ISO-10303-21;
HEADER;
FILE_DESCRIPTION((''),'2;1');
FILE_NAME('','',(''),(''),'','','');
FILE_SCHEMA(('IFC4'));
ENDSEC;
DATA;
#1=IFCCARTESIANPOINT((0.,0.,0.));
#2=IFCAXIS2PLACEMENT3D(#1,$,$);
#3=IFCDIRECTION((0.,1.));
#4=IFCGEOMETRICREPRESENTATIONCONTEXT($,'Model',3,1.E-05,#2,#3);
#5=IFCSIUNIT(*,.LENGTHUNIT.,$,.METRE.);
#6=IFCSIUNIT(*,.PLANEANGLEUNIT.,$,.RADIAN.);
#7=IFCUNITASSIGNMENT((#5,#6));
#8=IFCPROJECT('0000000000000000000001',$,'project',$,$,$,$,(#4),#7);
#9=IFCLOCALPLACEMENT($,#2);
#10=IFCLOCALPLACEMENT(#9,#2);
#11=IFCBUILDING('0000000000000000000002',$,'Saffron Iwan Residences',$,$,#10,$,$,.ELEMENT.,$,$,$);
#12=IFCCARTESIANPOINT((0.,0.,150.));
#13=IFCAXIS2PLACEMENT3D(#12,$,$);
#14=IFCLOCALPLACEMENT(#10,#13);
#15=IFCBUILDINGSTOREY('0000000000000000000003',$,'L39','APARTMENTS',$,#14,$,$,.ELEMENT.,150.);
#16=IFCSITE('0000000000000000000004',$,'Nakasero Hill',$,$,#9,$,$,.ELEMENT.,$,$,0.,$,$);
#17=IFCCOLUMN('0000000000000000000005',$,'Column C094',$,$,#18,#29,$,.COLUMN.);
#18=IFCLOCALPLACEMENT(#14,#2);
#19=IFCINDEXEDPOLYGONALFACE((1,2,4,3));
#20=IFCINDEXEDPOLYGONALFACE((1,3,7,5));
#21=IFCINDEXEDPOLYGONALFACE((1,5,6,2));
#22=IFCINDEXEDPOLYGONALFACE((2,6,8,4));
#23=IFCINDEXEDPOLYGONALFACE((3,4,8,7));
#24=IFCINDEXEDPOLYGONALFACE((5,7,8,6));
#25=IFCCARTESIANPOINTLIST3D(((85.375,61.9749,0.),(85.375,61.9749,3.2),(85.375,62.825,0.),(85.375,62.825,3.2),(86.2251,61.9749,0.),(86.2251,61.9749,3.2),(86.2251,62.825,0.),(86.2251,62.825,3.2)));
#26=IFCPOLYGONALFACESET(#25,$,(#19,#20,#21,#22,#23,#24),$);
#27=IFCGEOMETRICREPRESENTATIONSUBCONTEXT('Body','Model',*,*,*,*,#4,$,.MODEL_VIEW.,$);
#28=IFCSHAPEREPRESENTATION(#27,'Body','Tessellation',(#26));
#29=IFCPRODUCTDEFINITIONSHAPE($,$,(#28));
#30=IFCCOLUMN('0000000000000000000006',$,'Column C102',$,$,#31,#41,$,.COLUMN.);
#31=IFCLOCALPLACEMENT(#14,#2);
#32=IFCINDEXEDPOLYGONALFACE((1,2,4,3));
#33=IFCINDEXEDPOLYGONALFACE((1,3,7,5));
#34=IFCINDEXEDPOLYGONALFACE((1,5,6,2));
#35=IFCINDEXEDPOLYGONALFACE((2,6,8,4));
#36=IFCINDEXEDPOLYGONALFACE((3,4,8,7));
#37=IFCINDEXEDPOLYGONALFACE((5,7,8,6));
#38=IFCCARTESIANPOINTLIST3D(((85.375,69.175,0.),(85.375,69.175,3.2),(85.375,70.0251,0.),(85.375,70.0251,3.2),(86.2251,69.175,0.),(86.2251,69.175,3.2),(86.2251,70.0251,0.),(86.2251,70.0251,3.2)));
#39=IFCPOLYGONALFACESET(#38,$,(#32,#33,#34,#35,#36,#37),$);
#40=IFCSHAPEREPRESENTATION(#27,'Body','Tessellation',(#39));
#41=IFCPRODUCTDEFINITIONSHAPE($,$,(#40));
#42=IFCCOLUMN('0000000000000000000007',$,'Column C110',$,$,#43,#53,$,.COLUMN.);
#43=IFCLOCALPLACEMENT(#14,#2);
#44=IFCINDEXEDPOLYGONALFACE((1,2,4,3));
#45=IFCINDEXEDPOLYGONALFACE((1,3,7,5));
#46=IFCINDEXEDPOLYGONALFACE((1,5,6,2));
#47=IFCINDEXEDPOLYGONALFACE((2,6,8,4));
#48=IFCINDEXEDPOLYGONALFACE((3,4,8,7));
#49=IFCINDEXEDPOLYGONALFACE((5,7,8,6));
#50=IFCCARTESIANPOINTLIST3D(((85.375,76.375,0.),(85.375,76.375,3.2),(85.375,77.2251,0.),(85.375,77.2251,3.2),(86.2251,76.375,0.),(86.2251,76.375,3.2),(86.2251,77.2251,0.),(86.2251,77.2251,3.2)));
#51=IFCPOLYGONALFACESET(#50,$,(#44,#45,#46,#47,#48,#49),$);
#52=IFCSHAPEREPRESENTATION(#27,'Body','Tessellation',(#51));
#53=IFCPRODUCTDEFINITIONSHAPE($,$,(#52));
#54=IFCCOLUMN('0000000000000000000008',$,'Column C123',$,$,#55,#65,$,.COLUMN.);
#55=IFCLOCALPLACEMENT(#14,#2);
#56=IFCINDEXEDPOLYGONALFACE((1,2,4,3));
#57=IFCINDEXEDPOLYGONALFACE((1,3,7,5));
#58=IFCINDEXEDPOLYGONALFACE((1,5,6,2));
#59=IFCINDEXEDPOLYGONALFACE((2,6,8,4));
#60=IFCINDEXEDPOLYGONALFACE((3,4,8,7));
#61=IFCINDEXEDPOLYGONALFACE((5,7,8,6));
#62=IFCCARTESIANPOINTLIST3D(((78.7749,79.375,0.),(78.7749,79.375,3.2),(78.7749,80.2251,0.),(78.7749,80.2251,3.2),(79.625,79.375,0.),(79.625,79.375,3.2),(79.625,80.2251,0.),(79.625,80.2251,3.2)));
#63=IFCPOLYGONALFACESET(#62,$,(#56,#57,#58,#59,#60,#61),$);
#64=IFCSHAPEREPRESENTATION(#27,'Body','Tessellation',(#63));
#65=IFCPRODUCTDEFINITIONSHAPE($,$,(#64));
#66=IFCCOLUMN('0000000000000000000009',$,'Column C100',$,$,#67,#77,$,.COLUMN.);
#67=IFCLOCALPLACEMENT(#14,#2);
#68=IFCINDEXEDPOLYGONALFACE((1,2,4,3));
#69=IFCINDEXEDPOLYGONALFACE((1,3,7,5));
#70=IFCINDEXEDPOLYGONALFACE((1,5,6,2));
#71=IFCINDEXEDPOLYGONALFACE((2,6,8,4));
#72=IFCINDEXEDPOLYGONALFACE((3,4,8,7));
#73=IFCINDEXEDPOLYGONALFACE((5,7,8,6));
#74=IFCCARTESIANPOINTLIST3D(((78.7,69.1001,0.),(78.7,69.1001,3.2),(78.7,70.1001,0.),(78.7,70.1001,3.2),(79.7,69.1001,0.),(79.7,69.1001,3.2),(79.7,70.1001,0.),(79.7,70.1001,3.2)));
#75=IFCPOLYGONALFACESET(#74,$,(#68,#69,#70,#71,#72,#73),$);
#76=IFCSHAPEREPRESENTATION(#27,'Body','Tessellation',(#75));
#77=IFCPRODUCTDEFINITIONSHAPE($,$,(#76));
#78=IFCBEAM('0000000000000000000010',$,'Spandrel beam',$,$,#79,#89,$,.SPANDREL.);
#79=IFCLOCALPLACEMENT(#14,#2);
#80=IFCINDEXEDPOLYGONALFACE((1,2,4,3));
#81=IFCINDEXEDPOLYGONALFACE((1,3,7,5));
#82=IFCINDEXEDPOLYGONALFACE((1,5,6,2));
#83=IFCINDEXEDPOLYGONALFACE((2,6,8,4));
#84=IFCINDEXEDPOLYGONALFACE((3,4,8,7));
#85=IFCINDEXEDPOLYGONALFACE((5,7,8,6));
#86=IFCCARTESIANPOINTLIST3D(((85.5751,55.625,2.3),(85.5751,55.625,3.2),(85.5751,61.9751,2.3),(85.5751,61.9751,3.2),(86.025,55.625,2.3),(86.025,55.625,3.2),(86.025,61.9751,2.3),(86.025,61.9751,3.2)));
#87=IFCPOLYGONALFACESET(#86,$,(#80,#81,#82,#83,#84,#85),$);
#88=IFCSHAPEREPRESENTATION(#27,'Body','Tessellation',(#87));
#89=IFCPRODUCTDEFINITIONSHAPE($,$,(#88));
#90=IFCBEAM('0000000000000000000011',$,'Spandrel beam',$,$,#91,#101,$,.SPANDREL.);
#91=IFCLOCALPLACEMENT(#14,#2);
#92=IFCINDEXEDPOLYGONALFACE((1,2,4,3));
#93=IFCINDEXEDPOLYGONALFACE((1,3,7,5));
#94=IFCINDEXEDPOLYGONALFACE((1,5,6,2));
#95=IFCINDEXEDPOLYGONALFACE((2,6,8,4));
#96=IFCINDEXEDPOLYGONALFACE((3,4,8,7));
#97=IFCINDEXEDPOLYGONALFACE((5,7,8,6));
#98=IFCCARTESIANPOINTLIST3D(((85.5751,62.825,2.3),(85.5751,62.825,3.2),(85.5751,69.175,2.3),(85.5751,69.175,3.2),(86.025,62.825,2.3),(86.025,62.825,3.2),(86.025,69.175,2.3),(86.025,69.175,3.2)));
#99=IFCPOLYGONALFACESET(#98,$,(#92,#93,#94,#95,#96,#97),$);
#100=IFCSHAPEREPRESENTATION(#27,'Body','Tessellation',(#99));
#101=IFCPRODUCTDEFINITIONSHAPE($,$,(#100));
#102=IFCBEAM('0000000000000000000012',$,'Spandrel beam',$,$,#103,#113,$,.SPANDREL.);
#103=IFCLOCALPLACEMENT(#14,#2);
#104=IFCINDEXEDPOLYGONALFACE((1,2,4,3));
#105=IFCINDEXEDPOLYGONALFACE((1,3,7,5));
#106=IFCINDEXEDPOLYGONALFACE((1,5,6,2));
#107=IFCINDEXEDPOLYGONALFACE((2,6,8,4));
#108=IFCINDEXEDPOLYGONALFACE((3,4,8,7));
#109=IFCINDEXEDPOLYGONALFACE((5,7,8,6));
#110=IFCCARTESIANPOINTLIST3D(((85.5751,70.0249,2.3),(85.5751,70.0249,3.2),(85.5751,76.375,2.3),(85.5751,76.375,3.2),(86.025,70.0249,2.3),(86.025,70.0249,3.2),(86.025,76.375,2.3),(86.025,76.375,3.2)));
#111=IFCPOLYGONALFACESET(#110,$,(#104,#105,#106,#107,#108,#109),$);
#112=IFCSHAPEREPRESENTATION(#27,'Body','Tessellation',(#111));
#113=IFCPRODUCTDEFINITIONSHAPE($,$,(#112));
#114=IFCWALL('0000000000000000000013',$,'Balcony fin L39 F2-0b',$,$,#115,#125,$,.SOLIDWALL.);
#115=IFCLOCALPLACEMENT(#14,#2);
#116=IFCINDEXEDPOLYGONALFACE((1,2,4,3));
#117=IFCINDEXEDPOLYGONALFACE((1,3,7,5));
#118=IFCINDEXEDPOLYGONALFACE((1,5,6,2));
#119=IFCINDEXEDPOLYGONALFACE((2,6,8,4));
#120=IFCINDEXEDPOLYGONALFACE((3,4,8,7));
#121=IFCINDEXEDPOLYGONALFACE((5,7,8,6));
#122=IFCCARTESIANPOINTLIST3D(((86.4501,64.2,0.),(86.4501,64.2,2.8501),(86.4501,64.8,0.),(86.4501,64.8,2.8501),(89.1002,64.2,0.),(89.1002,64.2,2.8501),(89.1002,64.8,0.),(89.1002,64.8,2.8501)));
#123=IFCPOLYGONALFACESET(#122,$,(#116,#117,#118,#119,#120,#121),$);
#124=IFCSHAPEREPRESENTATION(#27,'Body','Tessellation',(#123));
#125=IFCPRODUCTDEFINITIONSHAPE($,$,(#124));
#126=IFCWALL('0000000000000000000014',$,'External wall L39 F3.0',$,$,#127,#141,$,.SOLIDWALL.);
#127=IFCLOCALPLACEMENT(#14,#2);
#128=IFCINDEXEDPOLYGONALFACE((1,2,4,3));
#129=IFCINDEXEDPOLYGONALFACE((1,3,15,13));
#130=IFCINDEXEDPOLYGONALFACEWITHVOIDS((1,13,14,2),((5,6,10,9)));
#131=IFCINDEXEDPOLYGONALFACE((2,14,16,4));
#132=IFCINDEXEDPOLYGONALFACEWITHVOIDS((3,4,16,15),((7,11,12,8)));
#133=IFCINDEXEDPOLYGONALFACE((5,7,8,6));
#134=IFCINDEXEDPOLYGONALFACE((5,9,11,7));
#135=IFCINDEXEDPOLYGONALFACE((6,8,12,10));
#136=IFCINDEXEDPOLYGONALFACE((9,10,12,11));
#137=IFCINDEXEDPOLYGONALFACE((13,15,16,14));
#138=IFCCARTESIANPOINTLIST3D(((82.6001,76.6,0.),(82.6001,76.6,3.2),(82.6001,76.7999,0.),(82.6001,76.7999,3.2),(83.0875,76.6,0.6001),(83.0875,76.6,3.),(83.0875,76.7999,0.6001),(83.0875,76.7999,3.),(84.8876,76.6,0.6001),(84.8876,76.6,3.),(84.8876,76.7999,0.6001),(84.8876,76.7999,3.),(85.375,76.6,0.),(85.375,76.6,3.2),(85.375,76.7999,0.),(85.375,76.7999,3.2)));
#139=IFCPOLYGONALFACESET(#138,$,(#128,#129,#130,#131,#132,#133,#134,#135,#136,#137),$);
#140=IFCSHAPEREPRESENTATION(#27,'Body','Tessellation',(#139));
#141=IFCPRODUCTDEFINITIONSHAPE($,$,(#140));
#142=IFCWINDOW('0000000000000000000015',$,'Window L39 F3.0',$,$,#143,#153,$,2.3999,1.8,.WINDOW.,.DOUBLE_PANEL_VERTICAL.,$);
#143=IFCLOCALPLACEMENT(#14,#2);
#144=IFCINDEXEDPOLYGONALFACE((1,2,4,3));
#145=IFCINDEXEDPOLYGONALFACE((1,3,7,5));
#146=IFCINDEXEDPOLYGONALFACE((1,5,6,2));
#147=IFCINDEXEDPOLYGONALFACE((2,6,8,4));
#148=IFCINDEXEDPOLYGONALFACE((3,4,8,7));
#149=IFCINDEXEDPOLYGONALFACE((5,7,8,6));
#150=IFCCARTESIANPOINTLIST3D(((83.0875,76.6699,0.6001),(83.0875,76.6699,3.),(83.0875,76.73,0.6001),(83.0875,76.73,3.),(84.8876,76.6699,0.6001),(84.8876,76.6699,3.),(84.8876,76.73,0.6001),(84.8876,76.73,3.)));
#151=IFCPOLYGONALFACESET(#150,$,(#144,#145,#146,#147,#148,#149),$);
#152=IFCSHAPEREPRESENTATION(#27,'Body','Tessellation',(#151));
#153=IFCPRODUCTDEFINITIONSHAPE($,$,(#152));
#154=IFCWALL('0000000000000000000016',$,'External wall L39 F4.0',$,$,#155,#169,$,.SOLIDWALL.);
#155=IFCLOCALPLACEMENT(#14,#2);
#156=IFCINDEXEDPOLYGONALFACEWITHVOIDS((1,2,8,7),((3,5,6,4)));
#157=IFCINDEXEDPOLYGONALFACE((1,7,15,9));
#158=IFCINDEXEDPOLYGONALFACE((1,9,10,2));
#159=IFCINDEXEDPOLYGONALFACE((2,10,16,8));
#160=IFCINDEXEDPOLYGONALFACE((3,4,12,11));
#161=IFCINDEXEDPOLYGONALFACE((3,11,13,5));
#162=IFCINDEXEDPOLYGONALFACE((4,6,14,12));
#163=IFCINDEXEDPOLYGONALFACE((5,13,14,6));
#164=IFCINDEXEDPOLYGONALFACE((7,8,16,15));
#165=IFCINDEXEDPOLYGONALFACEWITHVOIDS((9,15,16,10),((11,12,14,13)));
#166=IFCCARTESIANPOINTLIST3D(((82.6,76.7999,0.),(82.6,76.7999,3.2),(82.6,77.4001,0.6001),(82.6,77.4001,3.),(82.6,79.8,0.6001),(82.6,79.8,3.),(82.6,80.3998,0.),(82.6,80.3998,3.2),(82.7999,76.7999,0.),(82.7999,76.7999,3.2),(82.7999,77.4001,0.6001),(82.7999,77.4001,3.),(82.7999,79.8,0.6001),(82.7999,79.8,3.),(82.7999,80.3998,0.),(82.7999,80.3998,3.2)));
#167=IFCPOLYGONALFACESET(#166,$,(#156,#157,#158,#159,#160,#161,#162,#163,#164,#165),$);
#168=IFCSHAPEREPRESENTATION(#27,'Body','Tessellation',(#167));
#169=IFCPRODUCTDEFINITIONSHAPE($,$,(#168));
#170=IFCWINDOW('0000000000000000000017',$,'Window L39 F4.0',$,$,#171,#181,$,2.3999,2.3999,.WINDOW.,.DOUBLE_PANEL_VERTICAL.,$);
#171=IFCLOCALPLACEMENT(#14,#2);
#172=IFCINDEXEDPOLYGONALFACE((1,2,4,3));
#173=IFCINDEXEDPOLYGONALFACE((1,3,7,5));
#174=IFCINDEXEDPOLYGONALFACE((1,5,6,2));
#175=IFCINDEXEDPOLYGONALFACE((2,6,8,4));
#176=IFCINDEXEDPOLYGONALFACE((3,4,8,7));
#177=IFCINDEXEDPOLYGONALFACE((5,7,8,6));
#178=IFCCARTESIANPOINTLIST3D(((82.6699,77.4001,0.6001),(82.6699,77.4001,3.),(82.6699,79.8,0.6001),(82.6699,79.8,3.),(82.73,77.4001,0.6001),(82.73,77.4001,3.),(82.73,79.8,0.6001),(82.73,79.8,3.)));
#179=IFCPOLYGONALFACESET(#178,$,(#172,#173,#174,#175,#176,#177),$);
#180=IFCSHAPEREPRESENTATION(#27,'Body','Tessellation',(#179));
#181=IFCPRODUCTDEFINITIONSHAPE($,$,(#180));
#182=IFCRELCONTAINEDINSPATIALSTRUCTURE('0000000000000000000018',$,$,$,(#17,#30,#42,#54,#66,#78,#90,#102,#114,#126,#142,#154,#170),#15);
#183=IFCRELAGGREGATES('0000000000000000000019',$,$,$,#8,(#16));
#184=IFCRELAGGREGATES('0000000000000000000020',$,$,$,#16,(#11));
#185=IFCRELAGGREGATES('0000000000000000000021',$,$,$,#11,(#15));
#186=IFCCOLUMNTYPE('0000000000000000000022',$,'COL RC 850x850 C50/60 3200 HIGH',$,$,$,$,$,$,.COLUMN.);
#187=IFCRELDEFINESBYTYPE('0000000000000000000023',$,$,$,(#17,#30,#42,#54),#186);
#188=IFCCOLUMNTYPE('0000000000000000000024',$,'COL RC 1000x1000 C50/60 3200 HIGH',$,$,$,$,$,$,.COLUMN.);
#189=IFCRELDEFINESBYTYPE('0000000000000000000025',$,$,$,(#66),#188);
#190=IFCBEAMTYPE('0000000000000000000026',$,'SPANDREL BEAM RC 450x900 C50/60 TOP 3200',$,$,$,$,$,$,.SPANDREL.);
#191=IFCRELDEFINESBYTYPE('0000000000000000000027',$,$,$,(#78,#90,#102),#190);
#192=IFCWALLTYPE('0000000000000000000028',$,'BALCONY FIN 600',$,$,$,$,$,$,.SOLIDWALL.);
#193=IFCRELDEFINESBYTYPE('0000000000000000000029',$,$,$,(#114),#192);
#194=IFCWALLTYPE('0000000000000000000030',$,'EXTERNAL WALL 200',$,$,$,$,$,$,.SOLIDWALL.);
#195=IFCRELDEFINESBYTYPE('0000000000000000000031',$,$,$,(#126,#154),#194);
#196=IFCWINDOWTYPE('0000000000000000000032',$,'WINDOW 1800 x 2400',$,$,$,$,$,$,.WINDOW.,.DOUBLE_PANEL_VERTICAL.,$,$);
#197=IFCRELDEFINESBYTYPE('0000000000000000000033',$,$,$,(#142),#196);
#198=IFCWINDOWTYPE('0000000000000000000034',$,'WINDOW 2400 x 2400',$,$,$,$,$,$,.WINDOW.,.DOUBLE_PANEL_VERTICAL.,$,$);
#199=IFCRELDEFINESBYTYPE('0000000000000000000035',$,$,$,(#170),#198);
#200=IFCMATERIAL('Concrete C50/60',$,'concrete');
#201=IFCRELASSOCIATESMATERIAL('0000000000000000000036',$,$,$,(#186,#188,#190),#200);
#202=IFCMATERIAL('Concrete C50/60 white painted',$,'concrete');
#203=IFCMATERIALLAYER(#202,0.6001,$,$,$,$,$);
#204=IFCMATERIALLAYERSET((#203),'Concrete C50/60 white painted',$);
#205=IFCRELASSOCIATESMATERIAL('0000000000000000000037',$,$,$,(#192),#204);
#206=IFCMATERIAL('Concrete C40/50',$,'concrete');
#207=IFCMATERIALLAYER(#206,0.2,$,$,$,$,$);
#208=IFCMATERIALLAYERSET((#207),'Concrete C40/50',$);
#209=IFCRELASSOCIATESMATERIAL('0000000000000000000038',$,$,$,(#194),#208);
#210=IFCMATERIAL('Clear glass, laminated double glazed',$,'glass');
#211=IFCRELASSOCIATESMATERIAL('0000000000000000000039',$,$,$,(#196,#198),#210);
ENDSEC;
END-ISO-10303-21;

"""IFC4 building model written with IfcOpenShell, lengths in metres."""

from ifc_helpers import new_model, si_unit, direction, frame, frame_2d, origin, origin_2d, place, context, subcontext, project, spatial, rectangle, extrude, source, transform, mapped, material, layer, layer_set, material_profile, profile_set, type_object, element, fill, save


model = new_model("IFC4")

# Units and contexts
model_context = context("Model", 3, precision=1e-05, world=origin(), true_north=direction((0.0, 1.0)))
body_context = subcontext(model_context, "Body", "Model", "MODEL_VIEW")
ifc_project = project(units=[si_unit("LENGTHUNIT", "METRE"), si_unit("PLANEANGLEUNIT", "RADIAN")], contexts=[model_context])

# Site, building, storey
site_placement = place(None, origin())
site = spatial("IfcSite", under=ifc_project, at=site_placement, Name="Nakasero Hill", CompositionType="ELEMENT", RefElevation=0.0)
building_placement = place(site_placement, origin())
building = spatial("IfcBuilding", under=site, at=building_placement, Name="Saffron Iwan Residences", CompositionType="ELEMENT")
storey_placement = place(building_placement, frame((0.0, 0.0, 150.0)))
storey = spatial("IfcBuildingStorey", under=building, at=storey_placement, Name="L39", Description="APARTMENTS", CompositionType="ELEMENT", Elevation=150.0)

# Columns
ifc_material_1 = material(Name="Concrete C50/60", Category="concrete")
ifc_material_profile_1 = material_profile(ifc_material_1, rectangle(XDim=0.8501, YDim=0.8501, at=origin_2d()), Name="RC 850x850")
ifc_profile_set_1 = profile_set([ifc_material_profile_1], Name="Concrete C50/60")
column_type_1 = type_object("IfcColumnType", Name="COL RC 850x850 C50/60 3200 HIGH", PredefinedType="COLUMN", material=ifc_profile_set_1)
shared_shape_1 = source(origin(), body_context, "Body", "SweptSolid", [
    extrude(rectangle(XDim=0.8501, YDim=0.8501, at=origin_2d()), origin(), (0.0, 0.0, 1.0), 3.2),
])
for number, where, z_axis, x_axis, name in (
    (1, (85.8, 62.3999, 0.0), (0.0, 0.0, 1.0), (1.0, 0.0, 0.0), "Column C094"),
    (2, (85.8, 69.6001, 0.0), (0.0, 0.0, 1.0), (1.0, 0.0, 0.0), "Column C102"),
    (3, (85.8, 76.8, 0.0), (0.0, 0.0, 1.0), (1.0, 0.0, 0.0), "Column C110"),
    (4, (79.2, 79.8, 0.0), (0.0, 0.0, 1.0), (1.0, 0.0, 0.0), "Column C123"),
):
    element("IfcColumn", number, at=place(storey_placement, frame(where, z_axis=z_axis, x_axis=x_axis)), inside=storey, type_object=column_type_1, Name=name, PredefinedType="COLUMN", context=body_context, shape_type="MappedRepresentation", body=[
        mapped(shared_shape_1, transform((0.0, 0.0, 0.0))),
    ])
ifc_material_profile_2 = material_profile(ifc_material_1, rectangle(XDim=1.0, YDim=1.0, at=origin_2d()), Name="RC 1000x1000")
ifc_profile_set_2 = profile_set([ifc_material_profile_2], Name="Concrete C50/60")
column_type_2 = type_object("IfcColumnType", Name="COL RC 1000x1000 C50/60 3200 HIGH", PredefinedType="COLUMN", material=ifc_profile_set_2)
shared_shape_2 = source(origin(), body_context, "Body", "SweptSolid", [
    extrude(rectangle(XDim=1.0, YDim=1.0, at=origin_2d()), origin(), (0.0, 0.0, 1.0), 3.2),
])
column_placement = place(storey_placement, frame((79.2, 69.6001, 0.0), z_axis=(0.0, 0.0, 1.0), x_axis=(1.0, 0.0, 0.0)))
element("IfcColumn", 5, at=column_placement, inside=storey, type_object=column_type_2, Name="Column C100", PredefinedType="COLUMN", context=body_context, shape_type="MappedRepresentation", body=[
    mapped(shared_shape_2, transform((0.0, 0.0, 0.0))),
])

# Beams
ifc_material_profile_3 = material_profile(ifc_material_1, rectangle(XDim=0.45, YDim=0.8999, at=origin_2d()), Name="RC 450x900")
ifc_profile_set_3 = profile_set([ifc_material_profile_3], Name="Concrete C50/60")
beam_type = type_object("IfcBeamType", Name="SPANDREL BEAM RC 450x900 C50/60 TOP 3200", PredefinedType="SPANDREL", material=ifc_profile_set_3)
shared_shape_3 = source(origin(), body_context, "Body", "SweptSolid", [
    extrude(rectangle(XDim=0.45, YDim=0.8999, at=origin_2d()), origin(), (0.0, 0.0, 1.0), 6.3501),
])
for number, where, z_axis, x_axis, name in (
    (6, (85.8, 61.9751, 2.75), (0.0, -1.0, 0.0), (1.0, 0.0, 0.0), "Spandrel beam"),
    (7, (85.8, 69.175, 2.75), (0.0, -1.0, 0.0), (1.0, 0.0, 0.0), "Spandrel beam"),
    (8, (85.8, 76.375, 2.75), (0.0, -1.0, 0.0), (1.0, 0.0, 0.0), "Spandrel beam"),
):
    element("IfcBeam", number, at=place(storey_placement, frame(where, z_axis=z_axis, x_axis=x_axis)), inside=storey, type_object=beam_type, Name=name, PredefinedType="SPANDREL", context=body_context, shape_type="MappedRepresentation", body=[
        mapped(shared_shape_3, transform((0.0, 0.0, 0.0))),
    ])

# Wall
ifc_material_2 = material(Name="Concrete C50/60 white painted", Category="concrete")
ifc_layer_1 = layer(ifc_material_2, 0.6001)
ifc_layer_set_1 = layer_set([ifc_layer_1], Name="Concrete C50/60 white painted")
wall_type_1 = type_object("IfcWallType", Name="BALCONY FIN 600", PredefinedType="SOLIDWALL", material=ifc_layer_set_1)
wall_1_placement = place(storey_placement, frame((86.45, 64.5, 0.0), z_axis=(0.0, 0.0, 1.0), x_axis=(1.0, 0.0, 0.0)))
element("IfcWall", 9, at=wall_1_placement, inside=storey, type_object=wall_type_1, Name="Balcony fin L39 F2-0b", PredefinedType="SOLIDWALL", context=body_context, shape_type="SweptSolid", body=[
    extrude(rectangle(XDim=2.6501, YDim=0.6001, at=frame_2d((1.3252, 0.0))), origin(), (0.0, 0.0, 1.0), 2.8501),
])

# Walls, openings, windows
ifc_material_3 = material(Name="Concrete C40/50", Category="concrete")
ifc_layer_2 = layer(ifc_material_3, 0.2)
ifc_layer_set_2 = layer_set([ifc_layer_2], Name="Concrete C40/50")
wall_type_2 = type_object("IfcWallType", Name="EXTERNAL WALL 200", PredefinedType="SOLIDWALL", material=ifc_layer_set_2)
wall_2_placement = place(storey_placement, frame((85.375, 76.7, 0.0), z_axis=(0.0, 0.0, 1.0), x_axis=(-1.0, 0.0, 0.0)))
wall_2 = element("IfcWall", 10, at=wall_2_placement, inside=storey, type_object=wall_type_2, Name="External wall L39 F3.0", PredefinedType="SOLIDWALL", context=body_context, shape_type="SweptSolid", body=[
    extrude(rectangle(XDim=2.7749, YDim=0.2, at=frame_2d((1.3875, 0.0))), origin(), (0.0, 0.0, 1.0), 3.2),
])
opening_1_placement = place(wall_2_placement, frame((0.4875, 0.0, 0.6001)))
opening_1 = element("IfcOpeningElement", 11, at=opening_1_placement, cuts=wall_2, PredefinedType="OPENING", context=body_context, shape_type="SweptSolid", body=[
    extrude(rectangle(XDim=1.8, YDim=2.3999, at=frame_2d((0.8999, 1.2))), frame((0.0, 0.1099, 0.0), z_axis=(0.0, -1.0, 0.0), x_axis=(1.0, 0.0, 0.0)), (0.0, 0.0, 1.0), 0.22),
])
ifc_material_4 = material(Name="Clear glass, laminated double glazed", Category="glass")
window_type_1 = type_object("IfcWindowType", Name="WINDOW 1800 x 2400", PartitioningType="DOUBLE_PANEL_VERTICAL", PredefinedType="WINDOW", material=ifc_material_4)
window_1_placement = place(opening_1_placement, origin())
window_1 = element("IfcWindow", 12, at=window_1_placement, inside=storey, type_object=window_type_1, Name="Window L39 F3.0", OverallHeight=2.3999, OverallWidth=1.8, PartitioningType="DOUBLE_PANEL_VERTICAL", PredefinedType="WINDOW", context=body_context, shape_type="SweptSolid", body=[
    extrude(rectangle(XDim=1.8, YDim=2.3999, at=frame_2d((0.8999, 1.2))), frame((0.0, 0.03, 0.0), z_axis=(0.0, -1.0, 0.0), x_axis=(1.0, 0.0, 0.0)), (0.0, 0.0, 1.0), 0.0601),
])
fill(opening_1, window_1)
wall_3_placement = place(storey_placement, frame((82.7, 76.8, 0.0), z_axis=(0.0, 0.0, 1.0), x_axis=(0.0, 1.0, 0.0)))
wall_3 = element("IfcWall", 13, at=wall_3_placement, inside=storey, type_object=wall_type_2, Name="External wall L39 F4.0", PredefinedType="SOLIDWALL", context=body_context, shape_type="SweptSolid", body=[
    extrude(rectangle(XDim=3.5999, YDim=0.2, at=frame_2d((1.7998, 0.0))), origin(), (0.0, 0.0, 1.0), 3.2),
])
opening_2_placement = place(wall_3_placement, frame((0.6001, 0.0, 0.6001)))
opening_2 = element("IfcOpeningElement", 14, at=opening_2_placement, cuts=wall_3, PredefinedType="OPENING", context=body_context, shape_type="SweptSolid", body=[
    extrude(rectangle(XDim=2.3999, YDim=2.3999, at=frame_2d((1.2, 1.2))), frame((0.0, 0.1099, 0.0), z_axis=(0.0, -1.0, 0.0), x_axis=(1.0, 0.0, 0.0)), (0.0, 0.0, 1.0), 0.22),
])
window_type_2 = type_object("IfcWindowType", Name="WINDOW 2400 x 2400", PartitioningType="DOUBLE_PANEL_VERTICAL", PredefinedType="WINDOW", material=ifc_material_4)
window_2_placement = place(opening_2_placement, origin())
window_2 = element("IfcWindow", 15, at=window_2_placement, inside=storey, type_object=window_type_2, Name="Window L39 F4.0", OverallHeight=2.3999, OverallWidth=2.3999, PartitioningType="DOUBLE_PANEL_VERTICAL", PredefinedType="WINDOW", context=body_context, shape_type="SweptSolid", body=[
    extrude(rectangle(XDim=2.3999, YDim=2.3999, at=frame_2d((1.2, 1.2))), frame((0.0, 0.03, 0.0), z_axis=(0.0, -1.0, 0.0), x_axis=(1.0, 0.0, 0.0)), (0.0, 0.0, 1.0), 0.0601),
])
fill(opening_2, window_2)

save(model, "model.ifc")
